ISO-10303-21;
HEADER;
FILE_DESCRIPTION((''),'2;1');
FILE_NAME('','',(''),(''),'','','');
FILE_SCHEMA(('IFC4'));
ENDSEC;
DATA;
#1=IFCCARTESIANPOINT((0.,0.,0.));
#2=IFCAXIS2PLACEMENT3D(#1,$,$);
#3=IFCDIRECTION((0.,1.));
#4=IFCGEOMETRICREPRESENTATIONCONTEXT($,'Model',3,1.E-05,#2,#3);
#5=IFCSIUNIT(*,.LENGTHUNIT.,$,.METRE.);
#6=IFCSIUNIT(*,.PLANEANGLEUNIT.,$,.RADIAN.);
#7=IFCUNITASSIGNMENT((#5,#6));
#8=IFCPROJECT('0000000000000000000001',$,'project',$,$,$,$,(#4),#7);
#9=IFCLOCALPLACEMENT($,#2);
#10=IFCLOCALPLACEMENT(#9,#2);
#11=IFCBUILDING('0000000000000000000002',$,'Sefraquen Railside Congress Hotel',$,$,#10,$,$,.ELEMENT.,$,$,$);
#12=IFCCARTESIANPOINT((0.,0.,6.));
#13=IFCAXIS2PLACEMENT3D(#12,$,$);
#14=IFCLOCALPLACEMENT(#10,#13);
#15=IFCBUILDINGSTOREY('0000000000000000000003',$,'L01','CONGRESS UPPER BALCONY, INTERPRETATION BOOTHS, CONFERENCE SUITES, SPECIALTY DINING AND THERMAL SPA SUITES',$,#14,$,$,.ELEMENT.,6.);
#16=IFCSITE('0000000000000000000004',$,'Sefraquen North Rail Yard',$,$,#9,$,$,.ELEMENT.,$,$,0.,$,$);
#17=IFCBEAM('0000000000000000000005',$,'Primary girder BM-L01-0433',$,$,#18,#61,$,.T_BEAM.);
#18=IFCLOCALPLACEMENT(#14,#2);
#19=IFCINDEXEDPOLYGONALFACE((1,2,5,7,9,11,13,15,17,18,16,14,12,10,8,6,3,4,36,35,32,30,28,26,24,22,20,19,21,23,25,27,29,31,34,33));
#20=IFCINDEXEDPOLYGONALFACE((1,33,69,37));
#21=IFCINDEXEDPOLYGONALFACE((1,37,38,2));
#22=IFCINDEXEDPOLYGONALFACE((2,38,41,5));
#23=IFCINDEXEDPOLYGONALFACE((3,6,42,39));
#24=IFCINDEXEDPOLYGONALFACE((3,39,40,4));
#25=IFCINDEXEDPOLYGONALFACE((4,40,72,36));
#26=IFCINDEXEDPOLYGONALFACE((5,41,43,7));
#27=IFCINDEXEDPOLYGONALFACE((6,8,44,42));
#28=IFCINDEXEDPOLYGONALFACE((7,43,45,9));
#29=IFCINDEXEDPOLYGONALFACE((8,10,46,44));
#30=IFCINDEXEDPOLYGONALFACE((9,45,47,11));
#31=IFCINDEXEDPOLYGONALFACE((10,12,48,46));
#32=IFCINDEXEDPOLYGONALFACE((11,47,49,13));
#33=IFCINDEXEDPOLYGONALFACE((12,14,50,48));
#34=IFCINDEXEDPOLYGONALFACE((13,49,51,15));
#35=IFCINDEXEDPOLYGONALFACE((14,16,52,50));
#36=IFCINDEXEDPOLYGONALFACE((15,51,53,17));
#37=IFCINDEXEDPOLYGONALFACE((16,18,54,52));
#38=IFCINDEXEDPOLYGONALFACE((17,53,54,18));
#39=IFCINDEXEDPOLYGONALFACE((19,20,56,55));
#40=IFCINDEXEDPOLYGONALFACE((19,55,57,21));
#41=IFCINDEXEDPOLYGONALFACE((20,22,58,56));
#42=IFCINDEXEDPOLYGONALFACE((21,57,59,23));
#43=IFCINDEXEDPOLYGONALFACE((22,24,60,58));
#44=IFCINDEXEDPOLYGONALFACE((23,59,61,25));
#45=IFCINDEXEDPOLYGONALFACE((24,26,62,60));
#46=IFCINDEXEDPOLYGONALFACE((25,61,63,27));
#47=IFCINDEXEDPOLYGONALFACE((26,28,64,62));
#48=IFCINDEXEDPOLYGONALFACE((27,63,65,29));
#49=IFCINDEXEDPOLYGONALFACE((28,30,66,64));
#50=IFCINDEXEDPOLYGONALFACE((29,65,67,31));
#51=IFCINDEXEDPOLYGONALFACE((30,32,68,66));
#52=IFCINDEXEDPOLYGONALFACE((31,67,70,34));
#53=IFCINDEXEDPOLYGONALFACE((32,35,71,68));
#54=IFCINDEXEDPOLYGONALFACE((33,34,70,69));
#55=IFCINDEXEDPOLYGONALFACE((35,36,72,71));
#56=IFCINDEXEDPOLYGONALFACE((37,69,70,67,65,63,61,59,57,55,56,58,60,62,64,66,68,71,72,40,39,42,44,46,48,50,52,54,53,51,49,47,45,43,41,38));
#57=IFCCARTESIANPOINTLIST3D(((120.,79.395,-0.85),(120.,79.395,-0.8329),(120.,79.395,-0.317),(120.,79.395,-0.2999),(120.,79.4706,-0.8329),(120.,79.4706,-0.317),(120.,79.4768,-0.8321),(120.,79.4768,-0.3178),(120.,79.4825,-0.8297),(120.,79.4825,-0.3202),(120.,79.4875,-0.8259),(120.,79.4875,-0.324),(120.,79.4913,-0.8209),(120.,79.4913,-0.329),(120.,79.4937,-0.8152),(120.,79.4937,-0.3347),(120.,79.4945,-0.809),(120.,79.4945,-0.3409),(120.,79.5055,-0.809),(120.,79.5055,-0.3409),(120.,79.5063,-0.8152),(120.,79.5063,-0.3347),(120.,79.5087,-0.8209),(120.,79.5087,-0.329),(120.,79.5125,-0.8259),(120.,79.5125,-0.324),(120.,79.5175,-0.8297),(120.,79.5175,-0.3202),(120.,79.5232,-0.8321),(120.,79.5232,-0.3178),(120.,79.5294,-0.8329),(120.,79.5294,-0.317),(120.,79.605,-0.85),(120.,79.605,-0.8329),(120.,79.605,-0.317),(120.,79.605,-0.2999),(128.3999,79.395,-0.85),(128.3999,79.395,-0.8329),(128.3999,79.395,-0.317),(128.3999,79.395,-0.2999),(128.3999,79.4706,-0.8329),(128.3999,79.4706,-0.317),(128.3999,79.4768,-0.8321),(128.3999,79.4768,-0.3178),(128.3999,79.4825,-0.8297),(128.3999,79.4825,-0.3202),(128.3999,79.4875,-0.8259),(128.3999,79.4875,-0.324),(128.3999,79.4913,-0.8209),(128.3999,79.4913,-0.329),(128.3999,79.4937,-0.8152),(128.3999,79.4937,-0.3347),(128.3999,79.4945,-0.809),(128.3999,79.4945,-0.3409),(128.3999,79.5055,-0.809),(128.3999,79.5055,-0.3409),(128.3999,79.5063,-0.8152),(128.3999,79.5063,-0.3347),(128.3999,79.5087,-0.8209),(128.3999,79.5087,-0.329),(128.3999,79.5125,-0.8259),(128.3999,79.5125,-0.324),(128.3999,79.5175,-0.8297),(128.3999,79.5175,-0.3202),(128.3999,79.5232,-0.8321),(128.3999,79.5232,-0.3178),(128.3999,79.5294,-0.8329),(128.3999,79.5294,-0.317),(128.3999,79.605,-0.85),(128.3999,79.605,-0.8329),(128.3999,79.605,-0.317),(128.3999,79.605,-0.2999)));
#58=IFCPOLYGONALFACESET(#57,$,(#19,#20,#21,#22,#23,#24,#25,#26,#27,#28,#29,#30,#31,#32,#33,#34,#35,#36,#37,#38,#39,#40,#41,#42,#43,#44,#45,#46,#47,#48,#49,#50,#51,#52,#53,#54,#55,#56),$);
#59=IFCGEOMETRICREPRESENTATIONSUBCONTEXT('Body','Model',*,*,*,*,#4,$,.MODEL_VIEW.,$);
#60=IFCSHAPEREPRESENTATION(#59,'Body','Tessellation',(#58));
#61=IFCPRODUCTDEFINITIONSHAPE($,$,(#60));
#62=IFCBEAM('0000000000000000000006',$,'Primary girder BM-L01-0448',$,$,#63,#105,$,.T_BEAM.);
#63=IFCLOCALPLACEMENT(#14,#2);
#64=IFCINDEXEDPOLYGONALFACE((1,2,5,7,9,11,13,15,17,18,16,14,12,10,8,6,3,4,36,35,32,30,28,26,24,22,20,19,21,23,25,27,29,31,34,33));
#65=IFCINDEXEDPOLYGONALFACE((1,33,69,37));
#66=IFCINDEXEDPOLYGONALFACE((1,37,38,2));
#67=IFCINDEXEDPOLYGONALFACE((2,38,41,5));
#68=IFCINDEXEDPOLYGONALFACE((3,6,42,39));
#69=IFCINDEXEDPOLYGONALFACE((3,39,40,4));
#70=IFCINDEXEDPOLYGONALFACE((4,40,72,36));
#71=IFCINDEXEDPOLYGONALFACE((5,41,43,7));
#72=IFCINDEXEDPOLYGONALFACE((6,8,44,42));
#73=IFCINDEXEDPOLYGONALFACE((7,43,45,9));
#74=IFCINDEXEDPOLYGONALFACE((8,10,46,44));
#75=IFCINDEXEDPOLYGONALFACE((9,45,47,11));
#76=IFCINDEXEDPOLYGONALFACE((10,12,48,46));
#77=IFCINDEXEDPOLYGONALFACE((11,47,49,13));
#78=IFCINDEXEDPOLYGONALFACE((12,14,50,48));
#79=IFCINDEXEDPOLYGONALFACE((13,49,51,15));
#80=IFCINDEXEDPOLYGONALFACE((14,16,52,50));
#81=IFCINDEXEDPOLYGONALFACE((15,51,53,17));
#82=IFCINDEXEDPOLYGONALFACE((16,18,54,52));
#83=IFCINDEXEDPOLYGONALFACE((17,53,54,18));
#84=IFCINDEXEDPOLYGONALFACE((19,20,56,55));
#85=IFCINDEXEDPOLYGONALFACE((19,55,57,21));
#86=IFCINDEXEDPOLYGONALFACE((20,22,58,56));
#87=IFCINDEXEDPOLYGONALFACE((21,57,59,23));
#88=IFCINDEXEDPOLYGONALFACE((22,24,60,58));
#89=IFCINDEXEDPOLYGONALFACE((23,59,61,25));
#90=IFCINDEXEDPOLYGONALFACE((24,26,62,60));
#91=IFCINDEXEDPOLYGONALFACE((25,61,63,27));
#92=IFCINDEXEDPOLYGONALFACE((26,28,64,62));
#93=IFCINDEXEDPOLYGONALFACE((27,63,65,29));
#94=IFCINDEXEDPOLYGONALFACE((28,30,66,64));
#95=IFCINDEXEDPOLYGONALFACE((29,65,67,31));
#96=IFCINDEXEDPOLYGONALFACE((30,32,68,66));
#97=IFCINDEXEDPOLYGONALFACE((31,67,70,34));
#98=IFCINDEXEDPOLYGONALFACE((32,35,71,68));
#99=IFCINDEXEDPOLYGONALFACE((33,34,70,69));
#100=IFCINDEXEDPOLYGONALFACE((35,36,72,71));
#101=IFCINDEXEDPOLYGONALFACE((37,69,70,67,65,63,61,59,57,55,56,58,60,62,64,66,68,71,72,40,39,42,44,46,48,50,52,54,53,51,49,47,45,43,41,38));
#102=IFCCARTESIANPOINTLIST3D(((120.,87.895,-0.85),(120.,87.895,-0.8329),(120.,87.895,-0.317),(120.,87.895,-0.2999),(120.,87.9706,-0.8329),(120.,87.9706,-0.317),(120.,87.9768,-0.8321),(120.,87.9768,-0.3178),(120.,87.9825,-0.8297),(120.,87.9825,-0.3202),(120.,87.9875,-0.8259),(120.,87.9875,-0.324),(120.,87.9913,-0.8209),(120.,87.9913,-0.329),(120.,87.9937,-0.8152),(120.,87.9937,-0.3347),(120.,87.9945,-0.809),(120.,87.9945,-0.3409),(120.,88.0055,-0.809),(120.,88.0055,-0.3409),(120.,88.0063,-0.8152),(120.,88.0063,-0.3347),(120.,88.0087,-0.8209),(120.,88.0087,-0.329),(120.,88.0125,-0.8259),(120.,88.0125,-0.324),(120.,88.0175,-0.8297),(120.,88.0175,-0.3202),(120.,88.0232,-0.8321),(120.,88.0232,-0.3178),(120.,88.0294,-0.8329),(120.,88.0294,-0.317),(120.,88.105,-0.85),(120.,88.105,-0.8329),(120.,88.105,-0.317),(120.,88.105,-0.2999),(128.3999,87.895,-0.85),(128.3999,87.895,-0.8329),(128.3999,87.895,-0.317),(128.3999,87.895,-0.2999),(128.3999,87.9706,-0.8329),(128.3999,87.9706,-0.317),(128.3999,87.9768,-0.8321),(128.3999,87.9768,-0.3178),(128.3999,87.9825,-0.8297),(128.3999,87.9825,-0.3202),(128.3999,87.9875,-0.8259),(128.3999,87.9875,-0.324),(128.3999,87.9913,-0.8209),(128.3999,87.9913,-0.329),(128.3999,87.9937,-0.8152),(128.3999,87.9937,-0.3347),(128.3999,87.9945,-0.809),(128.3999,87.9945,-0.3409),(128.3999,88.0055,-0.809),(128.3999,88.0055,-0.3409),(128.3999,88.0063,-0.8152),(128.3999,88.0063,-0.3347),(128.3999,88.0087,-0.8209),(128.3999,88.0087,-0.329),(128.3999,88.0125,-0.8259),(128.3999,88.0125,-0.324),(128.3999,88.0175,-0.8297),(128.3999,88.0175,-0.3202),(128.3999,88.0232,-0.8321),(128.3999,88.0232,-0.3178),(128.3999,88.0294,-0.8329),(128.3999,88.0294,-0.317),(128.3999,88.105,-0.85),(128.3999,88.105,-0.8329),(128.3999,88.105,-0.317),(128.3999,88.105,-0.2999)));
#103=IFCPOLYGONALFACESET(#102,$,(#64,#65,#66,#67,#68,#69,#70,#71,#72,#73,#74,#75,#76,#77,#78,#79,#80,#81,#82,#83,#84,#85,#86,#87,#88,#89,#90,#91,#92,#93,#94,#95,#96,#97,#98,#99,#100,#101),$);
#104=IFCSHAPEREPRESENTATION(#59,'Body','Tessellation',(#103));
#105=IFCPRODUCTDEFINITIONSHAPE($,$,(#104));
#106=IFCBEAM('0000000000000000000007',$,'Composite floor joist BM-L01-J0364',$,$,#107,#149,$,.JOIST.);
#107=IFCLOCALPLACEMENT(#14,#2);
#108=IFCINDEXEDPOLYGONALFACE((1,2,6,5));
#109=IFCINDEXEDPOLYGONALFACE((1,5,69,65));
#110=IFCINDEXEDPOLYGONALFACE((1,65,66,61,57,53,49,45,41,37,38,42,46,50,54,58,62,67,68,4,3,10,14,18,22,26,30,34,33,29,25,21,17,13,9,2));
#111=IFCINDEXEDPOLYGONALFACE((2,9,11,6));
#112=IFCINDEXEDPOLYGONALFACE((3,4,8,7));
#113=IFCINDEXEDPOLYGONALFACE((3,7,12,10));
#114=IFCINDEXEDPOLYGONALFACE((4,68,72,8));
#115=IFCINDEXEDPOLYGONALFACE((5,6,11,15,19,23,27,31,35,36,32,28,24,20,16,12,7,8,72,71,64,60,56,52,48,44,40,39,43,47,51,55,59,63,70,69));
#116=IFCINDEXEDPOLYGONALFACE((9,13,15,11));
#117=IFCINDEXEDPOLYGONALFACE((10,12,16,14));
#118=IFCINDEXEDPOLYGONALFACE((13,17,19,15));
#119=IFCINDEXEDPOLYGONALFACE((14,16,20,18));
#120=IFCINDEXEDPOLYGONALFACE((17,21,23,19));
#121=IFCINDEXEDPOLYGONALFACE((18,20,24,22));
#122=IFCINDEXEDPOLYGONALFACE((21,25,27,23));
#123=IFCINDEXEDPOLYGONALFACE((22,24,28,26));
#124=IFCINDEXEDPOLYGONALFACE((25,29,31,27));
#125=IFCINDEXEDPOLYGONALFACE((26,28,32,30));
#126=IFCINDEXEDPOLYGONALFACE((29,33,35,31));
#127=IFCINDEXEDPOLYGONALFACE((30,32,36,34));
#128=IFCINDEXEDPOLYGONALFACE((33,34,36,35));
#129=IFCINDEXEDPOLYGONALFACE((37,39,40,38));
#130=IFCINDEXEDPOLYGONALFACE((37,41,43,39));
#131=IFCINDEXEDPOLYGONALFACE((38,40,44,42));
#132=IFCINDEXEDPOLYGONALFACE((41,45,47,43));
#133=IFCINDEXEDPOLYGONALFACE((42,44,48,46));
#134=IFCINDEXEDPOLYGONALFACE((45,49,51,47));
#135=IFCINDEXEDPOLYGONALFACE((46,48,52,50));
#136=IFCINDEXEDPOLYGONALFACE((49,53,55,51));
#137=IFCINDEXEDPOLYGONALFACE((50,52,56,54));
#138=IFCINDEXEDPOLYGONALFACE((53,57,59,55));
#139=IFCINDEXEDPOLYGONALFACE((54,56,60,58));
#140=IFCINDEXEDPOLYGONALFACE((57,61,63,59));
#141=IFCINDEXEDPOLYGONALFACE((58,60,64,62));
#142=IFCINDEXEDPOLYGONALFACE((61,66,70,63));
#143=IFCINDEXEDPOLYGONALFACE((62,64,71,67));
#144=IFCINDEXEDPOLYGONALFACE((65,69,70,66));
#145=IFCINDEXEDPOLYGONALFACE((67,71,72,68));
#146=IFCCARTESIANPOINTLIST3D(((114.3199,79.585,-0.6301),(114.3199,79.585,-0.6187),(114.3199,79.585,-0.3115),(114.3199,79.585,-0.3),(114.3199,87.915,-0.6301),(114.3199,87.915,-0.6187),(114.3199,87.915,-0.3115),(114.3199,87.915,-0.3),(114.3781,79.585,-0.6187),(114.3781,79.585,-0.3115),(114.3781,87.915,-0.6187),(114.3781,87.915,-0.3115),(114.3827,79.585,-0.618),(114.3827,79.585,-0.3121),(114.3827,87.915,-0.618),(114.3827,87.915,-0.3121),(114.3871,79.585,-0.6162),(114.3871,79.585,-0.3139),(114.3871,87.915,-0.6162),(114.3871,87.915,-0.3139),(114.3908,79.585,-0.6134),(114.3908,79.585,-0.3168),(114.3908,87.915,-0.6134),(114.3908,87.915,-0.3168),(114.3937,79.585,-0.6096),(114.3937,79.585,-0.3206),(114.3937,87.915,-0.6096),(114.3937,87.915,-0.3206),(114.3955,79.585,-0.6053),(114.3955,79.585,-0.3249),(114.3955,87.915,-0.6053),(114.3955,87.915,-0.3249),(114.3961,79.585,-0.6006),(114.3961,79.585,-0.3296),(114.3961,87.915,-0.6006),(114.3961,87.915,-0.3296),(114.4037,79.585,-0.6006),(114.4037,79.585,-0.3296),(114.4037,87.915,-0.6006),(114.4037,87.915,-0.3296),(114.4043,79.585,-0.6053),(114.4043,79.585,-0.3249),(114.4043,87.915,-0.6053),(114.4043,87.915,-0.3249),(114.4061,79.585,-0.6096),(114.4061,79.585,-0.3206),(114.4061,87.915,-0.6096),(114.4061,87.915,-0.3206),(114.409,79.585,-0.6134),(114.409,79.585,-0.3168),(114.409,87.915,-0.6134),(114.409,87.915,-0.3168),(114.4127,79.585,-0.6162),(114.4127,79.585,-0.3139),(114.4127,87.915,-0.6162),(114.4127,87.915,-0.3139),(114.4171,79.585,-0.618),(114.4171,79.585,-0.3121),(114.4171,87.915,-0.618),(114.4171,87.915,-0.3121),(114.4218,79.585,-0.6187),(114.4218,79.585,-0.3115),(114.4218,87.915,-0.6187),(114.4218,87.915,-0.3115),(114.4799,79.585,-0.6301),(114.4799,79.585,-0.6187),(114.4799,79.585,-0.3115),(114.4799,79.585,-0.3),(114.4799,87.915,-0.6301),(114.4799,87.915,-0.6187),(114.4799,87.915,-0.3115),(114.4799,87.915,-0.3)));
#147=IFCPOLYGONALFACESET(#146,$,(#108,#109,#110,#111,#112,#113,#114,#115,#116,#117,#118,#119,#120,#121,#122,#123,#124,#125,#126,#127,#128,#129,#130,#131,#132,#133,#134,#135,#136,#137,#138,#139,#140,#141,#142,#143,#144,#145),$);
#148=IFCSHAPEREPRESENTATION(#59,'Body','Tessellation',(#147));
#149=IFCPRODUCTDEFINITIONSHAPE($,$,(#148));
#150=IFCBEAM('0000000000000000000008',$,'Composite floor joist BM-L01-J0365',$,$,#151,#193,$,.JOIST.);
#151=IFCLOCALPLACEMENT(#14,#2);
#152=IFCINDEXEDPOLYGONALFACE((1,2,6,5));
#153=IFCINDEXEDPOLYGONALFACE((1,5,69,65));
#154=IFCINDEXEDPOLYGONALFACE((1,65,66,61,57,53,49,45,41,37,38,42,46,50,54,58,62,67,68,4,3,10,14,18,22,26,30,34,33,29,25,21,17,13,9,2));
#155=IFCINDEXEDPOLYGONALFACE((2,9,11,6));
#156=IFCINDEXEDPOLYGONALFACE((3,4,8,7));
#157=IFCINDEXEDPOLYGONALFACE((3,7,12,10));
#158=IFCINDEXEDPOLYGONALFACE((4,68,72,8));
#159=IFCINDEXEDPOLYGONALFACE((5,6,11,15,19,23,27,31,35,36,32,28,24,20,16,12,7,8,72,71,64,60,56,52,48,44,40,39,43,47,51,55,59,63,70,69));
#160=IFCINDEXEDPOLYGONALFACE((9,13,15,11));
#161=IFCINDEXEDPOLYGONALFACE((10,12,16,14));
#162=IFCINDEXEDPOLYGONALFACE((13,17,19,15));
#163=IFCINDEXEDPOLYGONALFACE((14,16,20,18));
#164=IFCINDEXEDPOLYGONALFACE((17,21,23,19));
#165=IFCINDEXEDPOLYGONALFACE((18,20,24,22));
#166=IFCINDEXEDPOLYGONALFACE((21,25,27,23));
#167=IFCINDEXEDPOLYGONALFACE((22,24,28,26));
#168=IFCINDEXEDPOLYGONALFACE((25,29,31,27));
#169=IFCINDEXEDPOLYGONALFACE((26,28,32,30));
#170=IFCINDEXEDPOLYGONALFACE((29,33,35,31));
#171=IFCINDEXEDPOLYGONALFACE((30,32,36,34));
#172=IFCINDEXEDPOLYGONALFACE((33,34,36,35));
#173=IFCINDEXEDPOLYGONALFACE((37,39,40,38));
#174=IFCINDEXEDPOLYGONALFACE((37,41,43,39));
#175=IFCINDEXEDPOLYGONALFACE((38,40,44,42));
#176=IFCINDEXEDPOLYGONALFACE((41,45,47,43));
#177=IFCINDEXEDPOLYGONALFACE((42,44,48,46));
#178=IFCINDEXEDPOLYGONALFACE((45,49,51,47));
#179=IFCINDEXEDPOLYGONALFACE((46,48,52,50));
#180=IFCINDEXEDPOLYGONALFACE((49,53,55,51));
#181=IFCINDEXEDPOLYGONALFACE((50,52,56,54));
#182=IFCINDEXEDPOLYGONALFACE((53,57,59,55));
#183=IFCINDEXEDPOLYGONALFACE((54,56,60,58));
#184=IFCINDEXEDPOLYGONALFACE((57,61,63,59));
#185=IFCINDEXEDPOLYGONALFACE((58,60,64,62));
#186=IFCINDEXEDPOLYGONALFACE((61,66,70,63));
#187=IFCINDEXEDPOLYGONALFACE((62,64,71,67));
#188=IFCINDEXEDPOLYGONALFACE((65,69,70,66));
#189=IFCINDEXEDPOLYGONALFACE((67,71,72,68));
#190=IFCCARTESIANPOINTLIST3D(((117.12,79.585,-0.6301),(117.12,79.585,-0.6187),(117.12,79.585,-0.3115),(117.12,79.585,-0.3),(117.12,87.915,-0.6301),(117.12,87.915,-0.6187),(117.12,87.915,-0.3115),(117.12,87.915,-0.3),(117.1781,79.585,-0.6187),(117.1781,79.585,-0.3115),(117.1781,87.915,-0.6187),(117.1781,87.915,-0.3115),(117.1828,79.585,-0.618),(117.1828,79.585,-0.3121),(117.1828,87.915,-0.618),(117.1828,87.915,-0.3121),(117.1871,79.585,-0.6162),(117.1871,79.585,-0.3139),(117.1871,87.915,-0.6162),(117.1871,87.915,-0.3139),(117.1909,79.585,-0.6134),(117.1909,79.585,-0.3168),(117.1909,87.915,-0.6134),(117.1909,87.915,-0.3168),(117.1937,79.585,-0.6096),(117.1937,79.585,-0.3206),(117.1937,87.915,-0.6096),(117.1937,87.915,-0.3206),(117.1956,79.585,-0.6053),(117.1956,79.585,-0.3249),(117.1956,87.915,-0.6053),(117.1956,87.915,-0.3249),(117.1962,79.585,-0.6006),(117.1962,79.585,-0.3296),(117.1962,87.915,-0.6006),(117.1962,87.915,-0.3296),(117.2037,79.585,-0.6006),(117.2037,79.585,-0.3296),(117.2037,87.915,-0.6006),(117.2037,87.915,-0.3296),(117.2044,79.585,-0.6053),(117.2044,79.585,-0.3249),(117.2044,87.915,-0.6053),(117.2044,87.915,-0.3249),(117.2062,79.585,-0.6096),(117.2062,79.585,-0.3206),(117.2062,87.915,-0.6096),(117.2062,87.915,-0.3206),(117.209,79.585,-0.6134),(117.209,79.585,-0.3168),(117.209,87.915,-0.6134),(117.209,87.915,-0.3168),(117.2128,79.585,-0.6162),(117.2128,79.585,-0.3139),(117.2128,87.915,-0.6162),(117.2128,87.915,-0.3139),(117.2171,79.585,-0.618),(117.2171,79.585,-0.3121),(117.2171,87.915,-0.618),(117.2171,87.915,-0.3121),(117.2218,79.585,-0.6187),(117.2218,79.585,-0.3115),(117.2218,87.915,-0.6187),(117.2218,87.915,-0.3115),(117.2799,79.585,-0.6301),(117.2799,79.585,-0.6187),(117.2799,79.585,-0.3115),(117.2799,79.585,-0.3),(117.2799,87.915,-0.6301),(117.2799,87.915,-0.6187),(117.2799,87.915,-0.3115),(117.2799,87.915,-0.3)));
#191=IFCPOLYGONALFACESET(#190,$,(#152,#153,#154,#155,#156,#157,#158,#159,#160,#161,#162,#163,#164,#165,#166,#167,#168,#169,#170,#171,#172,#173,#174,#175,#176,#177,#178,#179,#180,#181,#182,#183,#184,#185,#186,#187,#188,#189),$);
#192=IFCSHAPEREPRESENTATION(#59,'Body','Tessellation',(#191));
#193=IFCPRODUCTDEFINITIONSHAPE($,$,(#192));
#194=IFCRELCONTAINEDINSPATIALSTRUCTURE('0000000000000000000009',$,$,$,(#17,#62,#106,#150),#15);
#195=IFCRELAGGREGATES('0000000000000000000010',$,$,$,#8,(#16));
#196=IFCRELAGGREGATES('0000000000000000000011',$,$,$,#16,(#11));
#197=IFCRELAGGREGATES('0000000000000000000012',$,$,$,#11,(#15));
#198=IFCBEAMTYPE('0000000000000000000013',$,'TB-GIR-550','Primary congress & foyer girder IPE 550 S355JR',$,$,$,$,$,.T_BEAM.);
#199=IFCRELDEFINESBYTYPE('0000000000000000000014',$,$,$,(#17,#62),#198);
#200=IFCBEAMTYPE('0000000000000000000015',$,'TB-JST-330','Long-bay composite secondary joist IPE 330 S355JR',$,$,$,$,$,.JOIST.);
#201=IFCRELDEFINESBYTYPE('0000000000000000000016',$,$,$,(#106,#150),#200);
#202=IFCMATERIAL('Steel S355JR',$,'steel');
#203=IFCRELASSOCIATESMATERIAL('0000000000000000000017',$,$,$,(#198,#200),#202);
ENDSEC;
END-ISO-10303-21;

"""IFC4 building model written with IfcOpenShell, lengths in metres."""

from ifc_helpers import new_model, si_unit, direction, frame, origin, origin_2d, place, context, subcontext, project, spatial, i_section, extrude, material, material_profile, profile_set, type_object, element, save


model = new_model("IFC4")

# Units and contexts
model_context = context("Model", 3, precision=1e-05, world=origin(), true_north=direction((0.0, 1.0)))
body_context = subcontext(model_context, "Body", "Model", "MODEL_VIEW")
ifc_project = project(units=[si_unit("LENGTHUNIT", "METRE"), si_unit("PLANEANGLEUNIT", "RADIAN")], contexts=[model_context])

# Site, building, storey
site_placement = place(None, origin())
site = spatial("IfcSite", under=ifc_project, at=site_placement, Name="Sefraquen North Rail Yard", CompositionType="ELEMENT", RefElevation=0.0)
building_placement = place(site_placement, origin())
building = spatial("IfcBuilding", under=site, at=building_placement, Name="Sefraquen Railside Congress Hotel", CompositionType="ELEMENT")
storey_placement = place(building_placement, frame((0.0, 0.0, 6.0)))
storey = spatial("IfcBuildingStorey", under=building, at=storey_placement, Name="L01", Description="CONGRESS UPPER BALCONY, INTERPRETATION BOOTHS, CONFERENCE SUITES, SPECIALTY DINING AND THERMAL SPA SUITES", CompositionType="ELEMENT", Elevation=6.0)

# Shared definitions
ifc_material_1 = material(Name="Steel S355JR", Category="steel")

# Beams
ifc_material_profile_1 = material_profile(ifc_material_1, i_section(OverallWidth=0.21, OverallDepth=0.55, WebThickness=0.011, FlangeThickness=0.0171, FilletRadius=0.0239, at=origin_2d()), Name="IPE 550")
ifc_profile_set_1 = profile_set([ifc_material_profile_1], Name="Steel S355JR")
beam_type_1 = type_object("IfcBeamType", Name="TB-GIR-550", Description="Primary congress & foyer girder IPE 550 S355JR", PredefinedType="T_BEAM", material=ifc_profile_set_1)
for number, where, z_axis, x_axis, name in (
    (1, (120.0, 79.5, -0.575), (1.0, 0.0, 0.0), (0.0, 1.0, 0.0), "Primary girder BM-L01-0433"),
    (2, (120.0, 88.0, -0.575), (1.0, 0.0, 0.0), (0.0, 1.0, 0.0), "Primary girder BM-L01-0448"),
):
    element("IfcBeam", number, at=place(storey_placement, frame(where, z_axis=z_axis, x_axis=x_axis)), inside=storey, type_object=beam_type_1, Name=name, PredefinedType="T_BEAM", context=body_context, shape_type="SweptSolid", body=[
        extrude(i_section(OverallWidth=0.21, OverallDepth=0.55, WebThickness=0.011, FlangeThickness=0.0171, FilletRadius=0.0239, at=origin_2d()), origin(), (0.0, 0.0, 1.0), 8.3999),
    ])
ifc_material_profile_2 = material_profile(ifc_material_1, i_section(OverallWidth=0.1599, OverallDepth=0.3301, WebThickness=0.0076, FlangeThickness=0.0115, FilletRadius=0.0181, at=origin_2d()), Name="IPE 330")
ifc_profile_set_2 = profile_set([ifc_material_profile_2], Name="Steel S355JR")
beam_type_2 = type_object("IfcBeamType", Name="TB-JST-330", Description="Long-bay composite secondary joist IPE 330 S355JR", PredefinedType="JOIST", material=ifc_profile_set_2)
for number, where, z_axis, x_axis, name in (
    (3, (114.3999, 79.585, -0.4651), (0.0, 1.0, 0.0), (-1.0, 0.0, 0.0), "Composite floor joist BM-L01-J0364"),
    (4, (117.2, 79.585, -0.4651), (0.0, 1.0, 0.0), (-1.0, 0.0, 0.0), "Composite floor joist BM-L01-J0365"),
):
    element("IfcBeam", number, at=place(storey_placement, frame(where, z_axis=z_axis, x_axis=x_axis)), inside=storey, type_object=beam_type_2, Name=name, PredefinedType="JOIST", context=body_context, shape_type="SweptSolid", body=[
        extrude(i_section(OverallWidth=0.1599, OverallDepth=0.3301, WebThickness=0.0076, FlangeThickness=0.0115, FilletRadius=0.0181, at=origin_2d()), origin(), (0.0, 0.0, 1.0), 8.3301),
    ])

save(model, "model.ifc")
